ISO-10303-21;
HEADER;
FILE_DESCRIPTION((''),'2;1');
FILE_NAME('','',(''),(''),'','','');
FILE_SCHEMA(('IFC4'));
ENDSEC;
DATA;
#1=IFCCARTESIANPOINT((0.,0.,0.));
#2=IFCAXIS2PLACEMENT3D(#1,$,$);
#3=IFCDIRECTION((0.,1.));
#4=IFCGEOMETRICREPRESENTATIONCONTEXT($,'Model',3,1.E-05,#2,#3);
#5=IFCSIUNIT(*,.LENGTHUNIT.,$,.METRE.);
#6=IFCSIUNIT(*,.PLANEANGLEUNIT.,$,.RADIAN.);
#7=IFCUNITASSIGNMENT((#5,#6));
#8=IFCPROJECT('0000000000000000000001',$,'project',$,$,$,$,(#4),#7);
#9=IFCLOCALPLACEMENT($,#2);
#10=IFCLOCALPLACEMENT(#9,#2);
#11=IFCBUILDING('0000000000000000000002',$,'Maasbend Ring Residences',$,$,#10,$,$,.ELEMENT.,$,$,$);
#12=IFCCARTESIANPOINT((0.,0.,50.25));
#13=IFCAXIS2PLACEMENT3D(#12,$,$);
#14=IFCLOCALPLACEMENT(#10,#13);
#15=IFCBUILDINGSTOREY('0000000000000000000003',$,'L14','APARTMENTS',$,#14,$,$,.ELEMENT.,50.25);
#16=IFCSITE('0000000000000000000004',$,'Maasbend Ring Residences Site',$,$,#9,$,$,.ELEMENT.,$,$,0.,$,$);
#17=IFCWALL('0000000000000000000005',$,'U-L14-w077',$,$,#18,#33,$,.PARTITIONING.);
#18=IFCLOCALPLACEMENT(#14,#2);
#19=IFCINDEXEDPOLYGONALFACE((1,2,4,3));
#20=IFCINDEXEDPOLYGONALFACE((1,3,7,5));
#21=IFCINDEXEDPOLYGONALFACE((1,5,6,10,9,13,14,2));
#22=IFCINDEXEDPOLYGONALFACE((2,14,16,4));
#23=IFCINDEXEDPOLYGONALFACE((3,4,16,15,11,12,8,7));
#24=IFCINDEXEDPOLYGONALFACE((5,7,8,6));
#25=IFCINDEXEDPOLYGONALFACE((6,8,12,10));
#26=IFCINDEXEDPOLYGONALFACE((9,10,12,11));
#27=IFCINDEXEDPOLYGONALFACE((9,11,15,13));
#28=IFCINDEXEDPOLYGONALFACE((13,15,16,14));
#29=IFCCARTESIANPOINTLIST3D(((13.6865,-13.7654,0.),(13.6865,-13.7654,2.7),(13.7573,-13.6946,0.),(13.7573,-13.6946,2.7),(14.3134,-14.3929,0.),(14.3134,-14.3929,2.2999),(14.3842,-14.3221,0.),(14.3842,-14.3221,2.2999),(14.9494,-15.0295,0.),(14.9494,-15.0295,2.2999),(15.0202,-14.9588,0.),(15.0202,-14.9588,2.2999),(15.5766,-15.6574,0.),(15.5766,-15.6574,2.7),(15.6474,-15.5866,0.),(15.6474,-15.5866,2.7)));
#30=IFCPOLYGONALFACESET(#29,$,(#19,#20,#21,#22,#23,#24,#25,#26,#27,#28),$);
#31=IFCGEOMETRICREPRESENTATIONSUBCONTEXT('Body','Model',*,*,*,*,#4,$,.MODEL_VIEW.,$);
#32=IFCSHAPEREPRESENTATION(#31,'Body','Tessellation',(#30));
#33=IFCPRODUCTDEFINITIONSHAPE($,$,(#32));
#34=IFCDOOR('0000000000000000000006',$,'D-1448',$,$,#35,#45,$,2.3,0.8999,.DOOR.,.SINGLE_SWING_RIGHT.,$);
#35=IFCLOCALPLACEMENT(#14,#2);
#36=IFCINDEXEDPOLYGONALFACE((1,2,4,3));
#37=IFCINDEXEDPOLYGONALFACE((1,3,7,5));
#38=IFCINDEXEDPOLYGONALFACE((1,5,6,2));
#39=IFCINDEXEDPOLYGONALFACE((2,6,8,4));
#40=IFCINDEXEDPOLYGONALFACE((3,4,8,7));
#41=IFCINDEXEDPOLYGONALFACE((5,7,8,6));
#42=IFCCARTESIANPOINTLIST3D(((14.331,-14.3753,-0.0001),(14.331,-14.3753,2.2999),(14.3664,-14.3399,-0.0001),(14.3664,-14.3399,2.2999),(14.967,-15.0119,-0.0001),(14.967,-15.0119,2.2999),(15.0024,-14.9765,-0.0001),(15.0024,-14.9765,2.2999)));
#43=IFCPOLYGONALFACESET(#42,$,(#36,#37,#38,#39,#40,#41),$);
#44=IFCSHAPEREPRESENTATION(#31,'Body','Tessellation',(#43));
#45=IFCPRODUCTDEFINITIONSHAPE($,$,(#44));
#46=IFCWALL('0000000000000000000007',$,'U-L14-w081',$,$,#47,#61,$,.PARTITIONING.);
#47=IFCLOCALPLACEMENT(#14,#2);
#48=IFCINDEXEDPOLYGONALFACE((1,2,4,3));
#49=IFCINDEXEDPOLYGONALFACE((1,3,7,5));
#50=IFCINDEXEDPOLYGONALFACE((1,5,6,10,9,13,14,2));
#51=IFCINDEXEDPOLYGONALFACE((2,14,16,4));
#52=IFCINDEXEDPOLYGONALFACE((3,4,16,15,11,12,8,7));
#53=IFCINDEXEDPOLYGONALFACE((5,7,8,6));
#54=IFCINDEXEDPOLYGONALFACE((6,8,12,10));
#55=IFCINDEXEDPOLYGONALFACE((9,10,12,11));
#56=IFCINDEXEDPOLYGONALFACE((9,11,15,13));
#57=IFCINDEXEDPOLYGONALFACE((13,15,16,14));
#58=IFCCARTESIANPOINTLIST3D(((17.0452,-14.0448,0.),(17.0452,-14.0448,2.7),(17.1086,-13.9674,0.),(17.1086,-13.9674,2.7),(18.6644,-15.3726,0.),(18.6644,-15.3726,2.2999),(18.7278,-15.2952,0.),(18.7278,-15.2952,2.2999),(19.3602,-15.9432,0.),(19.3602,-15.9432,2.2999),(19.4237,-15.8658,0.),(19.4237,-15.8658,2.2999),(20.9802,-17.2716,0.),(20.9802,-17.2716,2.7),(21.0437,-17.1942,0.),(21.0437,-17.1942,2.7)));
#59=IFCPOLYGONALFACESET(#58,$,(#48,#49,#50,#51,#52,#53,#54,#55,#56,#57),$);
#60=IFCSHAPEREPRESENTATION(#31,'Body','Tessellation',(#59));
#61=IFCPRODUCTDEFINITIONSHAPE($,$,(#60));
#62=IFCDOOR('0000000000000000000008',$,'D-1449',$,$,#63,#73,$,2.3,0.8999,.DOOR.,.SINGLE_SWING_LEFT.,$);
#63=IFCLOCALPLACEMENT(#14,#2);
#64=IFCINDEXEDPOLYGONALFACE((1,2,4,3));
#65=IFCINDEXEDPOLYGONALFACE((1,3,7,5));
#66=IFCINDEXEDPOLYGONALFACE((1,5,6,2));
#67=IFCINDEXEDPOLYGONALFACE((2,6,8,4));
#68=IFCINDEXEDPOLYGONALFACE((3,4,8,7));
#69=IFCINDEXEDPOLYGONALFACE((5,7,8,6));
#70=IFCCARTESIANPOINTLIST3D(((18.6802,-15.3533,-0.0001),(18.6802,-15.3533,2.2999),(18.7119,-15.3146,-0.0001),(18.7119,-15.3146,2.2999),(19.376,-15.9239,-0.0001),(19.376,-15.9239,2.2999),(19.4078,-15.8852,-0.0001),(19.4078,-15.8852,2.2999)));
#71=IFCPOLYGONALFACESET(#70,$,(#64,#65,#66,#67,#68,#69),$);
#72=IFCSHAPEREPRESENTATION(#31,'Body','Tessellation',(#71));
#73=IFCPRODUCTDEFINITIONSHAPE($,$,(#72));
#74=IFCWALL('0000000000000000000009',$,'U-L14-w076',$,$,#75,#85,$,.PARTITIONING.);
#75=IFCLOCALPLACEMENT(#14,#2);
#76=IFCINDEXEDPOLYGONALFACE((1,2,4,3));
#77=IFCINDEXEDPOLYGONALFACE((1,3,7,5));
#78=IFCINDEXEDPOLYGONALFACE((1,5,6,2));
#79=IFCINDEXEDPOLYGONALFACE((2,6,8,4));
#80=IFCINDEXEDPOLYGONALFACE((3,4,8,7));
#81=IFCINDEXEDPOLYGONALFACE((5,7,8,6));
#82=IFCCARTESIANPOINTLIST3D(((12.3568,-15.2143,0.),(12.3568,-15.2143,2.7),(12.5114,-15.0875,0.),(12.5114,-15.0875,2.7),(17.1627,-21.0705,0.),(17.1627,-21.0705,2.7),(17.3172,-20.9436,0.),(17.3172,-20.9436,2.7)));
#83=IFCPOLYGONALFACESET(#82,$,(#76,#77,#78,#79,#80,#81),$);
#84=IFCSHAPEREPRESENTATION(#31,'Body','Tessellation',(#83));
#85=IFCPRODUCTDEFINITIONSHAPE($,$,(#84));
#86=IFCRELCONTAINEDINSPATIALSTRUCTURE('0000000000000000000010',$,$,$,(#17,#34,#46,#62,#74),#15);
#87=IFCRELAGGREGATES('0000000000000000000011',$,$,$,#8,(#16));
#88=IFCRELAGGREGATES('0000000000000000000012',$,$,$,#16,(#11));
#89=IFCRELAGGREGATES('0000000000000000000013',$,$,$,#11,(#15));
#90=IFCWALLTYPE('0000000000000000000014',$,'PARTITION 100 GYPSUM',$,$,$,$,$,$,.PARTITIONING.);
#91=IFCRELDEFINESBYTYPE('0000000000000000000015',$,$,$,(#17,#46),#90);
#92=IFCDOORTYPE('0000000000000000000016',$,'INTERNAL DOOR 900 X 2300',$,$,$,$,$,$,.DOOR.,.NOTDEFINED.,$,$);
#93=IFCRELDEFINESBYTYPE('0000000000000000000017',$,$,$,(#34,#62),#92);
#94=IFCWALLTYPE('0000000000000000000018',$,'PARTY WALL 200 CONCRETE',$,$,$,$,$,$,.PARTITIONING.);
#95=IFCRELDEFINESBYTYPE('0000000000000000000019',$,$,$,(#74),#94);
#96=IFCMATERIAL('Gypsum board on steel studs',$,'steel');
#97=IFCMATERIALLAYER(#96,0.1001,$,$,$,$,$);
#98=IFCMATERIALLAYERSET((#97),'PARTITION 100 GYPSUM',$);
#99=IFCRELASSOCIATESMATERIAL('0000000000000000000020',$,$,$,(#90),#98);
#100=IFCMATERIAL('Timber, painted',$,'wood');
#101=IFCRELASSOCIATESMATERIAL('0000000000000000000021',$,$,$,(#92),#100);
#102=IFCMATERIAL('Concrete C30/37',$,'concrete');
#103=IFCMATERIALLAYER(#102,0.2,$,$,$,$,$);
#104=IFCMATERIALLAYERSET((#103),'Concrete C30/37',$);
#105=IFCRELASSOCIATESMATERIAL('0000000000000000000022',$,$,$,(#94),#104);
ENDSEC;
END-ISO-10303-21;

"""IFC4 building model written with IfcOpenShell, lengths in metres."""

from ifc_helpers import new_model, si_unit, direction, frame, frame_2d, origin, place, context, subcontext, project, spatial, rectangle, extrude, material, layer, layer_set, type_object, element, fill, save


model = new_model("IFC4")

# Units and contexts
model_context = context("Model", 3, precision=1e-05, world=origin(), true_north=direction((0.0, 1.0)))
body_context = subcontext(model_context, "Body", "Model", "MODEL_VIEW")
ifc_project = project(units=[si_unit("LENGTHUNIT", "METRE"), si_unit("PLANEANGLEUNIT", "RADIAN")], contexts=[model_context])

# Site, building, storey
site_placement = place(None, origin())
site = spatial("IfcSite", under=ifc_project, at=site_placement, Name="Maasbend Ring Residences Site", CompositionType="ELEMENT", RefElevation=0.0)
building_placement = place(site_placement, origin())
building = spatial("IfcBuilding", under=site, at=building_placement, Name="Maasbend Ring Residences", CompositionType="ELEMENT")
storey_placement = place(building_placement, frame((0.0, 0.0, 50.25)))
storey = spatial("IfcBuildingStorey", under=building, at=storey_placement, Name="L14", Description="APARTMENTS", CompositionType="ELEMENT", Elevation=50.25)

# Shared definitions
ifc_material_1 = material(Name="Gypsum board on steel studs", Category="steel")
ifc_layer_1 = layer(ifc_material_1, 0.1001)
ifc_layer_set_1 = layer_set([ifc_layer_1], Name="PARTITION 100 GYPSUM")
wall_type_1 = type_object("IfcWallType", Name="PARTITION 100 GYPSUM", PredefinedType="PARTITIONING", material=ifc_layer_set_1)

# Walls, openings, doors
ifc_material_2 = material(Name="Timber, painted", Category="wood")
door_type_1 = type_object("IfcDoorType", Name="INTERNAL DOOR 900 X 2300", OperationType="NOTDEFINED", PredefinedType="DOOR", material=ifc_material_2)
wall_1_placement = place(storey_placement, frame((13.7219, -13.73, 0.0), z_axis=(0.0, 0.0, 1.0), x_axis=(0.706742, -0.707472, 0.0)))
wall_1 = element("IfcWall", 1, at=wall_1_placement, inside=storey, type_object=wall_type_1, Name="U-L14-w077", PredefinedType="PARTITIONING", context=body_context, shape_type="SweptSolid", body=[
    extrude(rectangle(XDim=2.6743, YDim=0.1001, at=frame_2d((1.3372, 0.0))), origin(), (0.0, 0.0, 1.0), 2.7),
])
opening_1_placement = place(wall_1_placement, frame((0.887, 0.0, 0.0)))
opening_1 = element("IfcOpeningElement", 2, at=opening_1_placement, cuts=wall_1, PredefinedType="OPENING", context=body_context, shape_type="SweptSolid", body=[
    extrude(rectangle(XDim=0.8999, YDim=2.3, at=frame_2d((0.45, 1.1499))), frame((0.0, 0.0601, 0.0), z_axis=(0.0, -1.0, 0.0), x_axis=(1.0, 0.0, 0.0)), (0.0, 0.0, 1.0), 0.1201),
])
door_1_placement = place(opening_1_placement, origin())
door_1 = element("IfcDoor", 3, at=door_1_placement, inside=storey, type_object=door_type_1, Name="D-1448", OperationType="SINGLE_SWING_RIGHT", OverallHeight=2.3, OverallWidth=0.8999, PredefinedType="DOOR", context=body_context, shape_type="SweptSolid", body=[
    extrude(rectangle(XDim=0.8999, YDim=2.3, at=frame_2d((0.45, 1.1499))), frame((0.0, 0.0249, 0.0), z_axis=(0.0, -1.0, 0.0), x_axis=(1.0, 0.0, 0.0)), (0.0, 0.0, 1.0), 0.05),
])
fill(opening_1, door_1)
wall_2_placement = place(storey_placement, frame((17.0769, -14.0061, 0.0), z_axis=(0.0, 0.0, 1.0), x_axis=(0.773262, -0.634086, 0.0)))
wall_2 = element("IfcWall", 4, at=wall_2_placement, inside=storey, type_object=wall_type_1, Name="U-L14-w081", PredefinedType="PARTITIONING", context=body_context, shape_type="SweptSolid", body=[
    extrude(rectangle(XDim=5.0889, YDim=0.1001, at=frame_2d((2.5444, 0.0))), origin(), (0.0, 0.0, 1.0), 2.7),
])
opening_2_placement = place(wall_2_placement, frame((2.094, 0.0, 0.0)))
opening_2 = element("IfcOpeningElement", 5, at=opening_2_placement, cuts=wall_2, PredefinedType="OPENING", context=body_context, shape_type="SweptSolid", body=[
    extrude(rectangle(XDim=0.8999, YDim=2.3, at=frame_2d((0.45, 1.1499))), frame((0.0, 0.0601, 0.0), z_axis=(0.0, -1.0, 0.0), x_axis=(1.0, 0.0, 0.0)), (0.0, 0.0, 1.0), 0.1201),
])
door_2_placement = place(opening_2_placement, origin())
door_2 = element("IfcDoor", 6, at=door_2_placement, inside=storey, type_object=door_type_1, Name="D-1449", OperationType="SINGLE_SWING_LEFT", OverallHeight=2.3, OverallWidth=0.8999, PredefinedType="DOOR", context=body_context, shape_type="SweptSolid", body=[
    extrude(rectangle(XDim=0.8999, YDim=2.3, at=frame_2d((0.45, 1.1499))), frame((0.0, 0.0249, 0.0), z_axis=(0.0, -1.0, 0.0), x_axis=(1.0, 0.0, 0.0)), (0.0, 0.0, 1.0), 0.05),
])
fill(opening_2, door_2)

# Wall
ifc_material_3 = material(Name="Concrete C30/37", Category="concrete")
ifc_layer_2 = layer(ifc_material_3, 0.2)
ifc_layer_set_2 = layer_set([ifc_layer_2], Name="Concrete C30/37")
wall_type_2 = type_object("IfcWallType", Name="PARTY WALL 200 CONCRETE", PredefinedType="PARTITIONING", material=ifc_layer_set_2)
wall_3_placement = place(storey_placement, frame((12.4341, -15.1509, 0.0), z_axis=(0.0, 0.0, 1.0), x_axis=(0.634381, -0.77302, 0.0)))
element("IfcWall", 7, at=wall_3_placement, inside=storey, type_object=wall_type_2, Name="U-L14-w076", PredefinedType="PARTITIONING", context=body_context, shape_type="SweptSolid", body=[
    extrude(rectangle(XDim=7.5757, YDim=0.2, at=frame_2d((3.7878, 0.0))), origin(), (0.0, 0.0, 1.0), 2.7),
])

save(model, "model.ifc")
